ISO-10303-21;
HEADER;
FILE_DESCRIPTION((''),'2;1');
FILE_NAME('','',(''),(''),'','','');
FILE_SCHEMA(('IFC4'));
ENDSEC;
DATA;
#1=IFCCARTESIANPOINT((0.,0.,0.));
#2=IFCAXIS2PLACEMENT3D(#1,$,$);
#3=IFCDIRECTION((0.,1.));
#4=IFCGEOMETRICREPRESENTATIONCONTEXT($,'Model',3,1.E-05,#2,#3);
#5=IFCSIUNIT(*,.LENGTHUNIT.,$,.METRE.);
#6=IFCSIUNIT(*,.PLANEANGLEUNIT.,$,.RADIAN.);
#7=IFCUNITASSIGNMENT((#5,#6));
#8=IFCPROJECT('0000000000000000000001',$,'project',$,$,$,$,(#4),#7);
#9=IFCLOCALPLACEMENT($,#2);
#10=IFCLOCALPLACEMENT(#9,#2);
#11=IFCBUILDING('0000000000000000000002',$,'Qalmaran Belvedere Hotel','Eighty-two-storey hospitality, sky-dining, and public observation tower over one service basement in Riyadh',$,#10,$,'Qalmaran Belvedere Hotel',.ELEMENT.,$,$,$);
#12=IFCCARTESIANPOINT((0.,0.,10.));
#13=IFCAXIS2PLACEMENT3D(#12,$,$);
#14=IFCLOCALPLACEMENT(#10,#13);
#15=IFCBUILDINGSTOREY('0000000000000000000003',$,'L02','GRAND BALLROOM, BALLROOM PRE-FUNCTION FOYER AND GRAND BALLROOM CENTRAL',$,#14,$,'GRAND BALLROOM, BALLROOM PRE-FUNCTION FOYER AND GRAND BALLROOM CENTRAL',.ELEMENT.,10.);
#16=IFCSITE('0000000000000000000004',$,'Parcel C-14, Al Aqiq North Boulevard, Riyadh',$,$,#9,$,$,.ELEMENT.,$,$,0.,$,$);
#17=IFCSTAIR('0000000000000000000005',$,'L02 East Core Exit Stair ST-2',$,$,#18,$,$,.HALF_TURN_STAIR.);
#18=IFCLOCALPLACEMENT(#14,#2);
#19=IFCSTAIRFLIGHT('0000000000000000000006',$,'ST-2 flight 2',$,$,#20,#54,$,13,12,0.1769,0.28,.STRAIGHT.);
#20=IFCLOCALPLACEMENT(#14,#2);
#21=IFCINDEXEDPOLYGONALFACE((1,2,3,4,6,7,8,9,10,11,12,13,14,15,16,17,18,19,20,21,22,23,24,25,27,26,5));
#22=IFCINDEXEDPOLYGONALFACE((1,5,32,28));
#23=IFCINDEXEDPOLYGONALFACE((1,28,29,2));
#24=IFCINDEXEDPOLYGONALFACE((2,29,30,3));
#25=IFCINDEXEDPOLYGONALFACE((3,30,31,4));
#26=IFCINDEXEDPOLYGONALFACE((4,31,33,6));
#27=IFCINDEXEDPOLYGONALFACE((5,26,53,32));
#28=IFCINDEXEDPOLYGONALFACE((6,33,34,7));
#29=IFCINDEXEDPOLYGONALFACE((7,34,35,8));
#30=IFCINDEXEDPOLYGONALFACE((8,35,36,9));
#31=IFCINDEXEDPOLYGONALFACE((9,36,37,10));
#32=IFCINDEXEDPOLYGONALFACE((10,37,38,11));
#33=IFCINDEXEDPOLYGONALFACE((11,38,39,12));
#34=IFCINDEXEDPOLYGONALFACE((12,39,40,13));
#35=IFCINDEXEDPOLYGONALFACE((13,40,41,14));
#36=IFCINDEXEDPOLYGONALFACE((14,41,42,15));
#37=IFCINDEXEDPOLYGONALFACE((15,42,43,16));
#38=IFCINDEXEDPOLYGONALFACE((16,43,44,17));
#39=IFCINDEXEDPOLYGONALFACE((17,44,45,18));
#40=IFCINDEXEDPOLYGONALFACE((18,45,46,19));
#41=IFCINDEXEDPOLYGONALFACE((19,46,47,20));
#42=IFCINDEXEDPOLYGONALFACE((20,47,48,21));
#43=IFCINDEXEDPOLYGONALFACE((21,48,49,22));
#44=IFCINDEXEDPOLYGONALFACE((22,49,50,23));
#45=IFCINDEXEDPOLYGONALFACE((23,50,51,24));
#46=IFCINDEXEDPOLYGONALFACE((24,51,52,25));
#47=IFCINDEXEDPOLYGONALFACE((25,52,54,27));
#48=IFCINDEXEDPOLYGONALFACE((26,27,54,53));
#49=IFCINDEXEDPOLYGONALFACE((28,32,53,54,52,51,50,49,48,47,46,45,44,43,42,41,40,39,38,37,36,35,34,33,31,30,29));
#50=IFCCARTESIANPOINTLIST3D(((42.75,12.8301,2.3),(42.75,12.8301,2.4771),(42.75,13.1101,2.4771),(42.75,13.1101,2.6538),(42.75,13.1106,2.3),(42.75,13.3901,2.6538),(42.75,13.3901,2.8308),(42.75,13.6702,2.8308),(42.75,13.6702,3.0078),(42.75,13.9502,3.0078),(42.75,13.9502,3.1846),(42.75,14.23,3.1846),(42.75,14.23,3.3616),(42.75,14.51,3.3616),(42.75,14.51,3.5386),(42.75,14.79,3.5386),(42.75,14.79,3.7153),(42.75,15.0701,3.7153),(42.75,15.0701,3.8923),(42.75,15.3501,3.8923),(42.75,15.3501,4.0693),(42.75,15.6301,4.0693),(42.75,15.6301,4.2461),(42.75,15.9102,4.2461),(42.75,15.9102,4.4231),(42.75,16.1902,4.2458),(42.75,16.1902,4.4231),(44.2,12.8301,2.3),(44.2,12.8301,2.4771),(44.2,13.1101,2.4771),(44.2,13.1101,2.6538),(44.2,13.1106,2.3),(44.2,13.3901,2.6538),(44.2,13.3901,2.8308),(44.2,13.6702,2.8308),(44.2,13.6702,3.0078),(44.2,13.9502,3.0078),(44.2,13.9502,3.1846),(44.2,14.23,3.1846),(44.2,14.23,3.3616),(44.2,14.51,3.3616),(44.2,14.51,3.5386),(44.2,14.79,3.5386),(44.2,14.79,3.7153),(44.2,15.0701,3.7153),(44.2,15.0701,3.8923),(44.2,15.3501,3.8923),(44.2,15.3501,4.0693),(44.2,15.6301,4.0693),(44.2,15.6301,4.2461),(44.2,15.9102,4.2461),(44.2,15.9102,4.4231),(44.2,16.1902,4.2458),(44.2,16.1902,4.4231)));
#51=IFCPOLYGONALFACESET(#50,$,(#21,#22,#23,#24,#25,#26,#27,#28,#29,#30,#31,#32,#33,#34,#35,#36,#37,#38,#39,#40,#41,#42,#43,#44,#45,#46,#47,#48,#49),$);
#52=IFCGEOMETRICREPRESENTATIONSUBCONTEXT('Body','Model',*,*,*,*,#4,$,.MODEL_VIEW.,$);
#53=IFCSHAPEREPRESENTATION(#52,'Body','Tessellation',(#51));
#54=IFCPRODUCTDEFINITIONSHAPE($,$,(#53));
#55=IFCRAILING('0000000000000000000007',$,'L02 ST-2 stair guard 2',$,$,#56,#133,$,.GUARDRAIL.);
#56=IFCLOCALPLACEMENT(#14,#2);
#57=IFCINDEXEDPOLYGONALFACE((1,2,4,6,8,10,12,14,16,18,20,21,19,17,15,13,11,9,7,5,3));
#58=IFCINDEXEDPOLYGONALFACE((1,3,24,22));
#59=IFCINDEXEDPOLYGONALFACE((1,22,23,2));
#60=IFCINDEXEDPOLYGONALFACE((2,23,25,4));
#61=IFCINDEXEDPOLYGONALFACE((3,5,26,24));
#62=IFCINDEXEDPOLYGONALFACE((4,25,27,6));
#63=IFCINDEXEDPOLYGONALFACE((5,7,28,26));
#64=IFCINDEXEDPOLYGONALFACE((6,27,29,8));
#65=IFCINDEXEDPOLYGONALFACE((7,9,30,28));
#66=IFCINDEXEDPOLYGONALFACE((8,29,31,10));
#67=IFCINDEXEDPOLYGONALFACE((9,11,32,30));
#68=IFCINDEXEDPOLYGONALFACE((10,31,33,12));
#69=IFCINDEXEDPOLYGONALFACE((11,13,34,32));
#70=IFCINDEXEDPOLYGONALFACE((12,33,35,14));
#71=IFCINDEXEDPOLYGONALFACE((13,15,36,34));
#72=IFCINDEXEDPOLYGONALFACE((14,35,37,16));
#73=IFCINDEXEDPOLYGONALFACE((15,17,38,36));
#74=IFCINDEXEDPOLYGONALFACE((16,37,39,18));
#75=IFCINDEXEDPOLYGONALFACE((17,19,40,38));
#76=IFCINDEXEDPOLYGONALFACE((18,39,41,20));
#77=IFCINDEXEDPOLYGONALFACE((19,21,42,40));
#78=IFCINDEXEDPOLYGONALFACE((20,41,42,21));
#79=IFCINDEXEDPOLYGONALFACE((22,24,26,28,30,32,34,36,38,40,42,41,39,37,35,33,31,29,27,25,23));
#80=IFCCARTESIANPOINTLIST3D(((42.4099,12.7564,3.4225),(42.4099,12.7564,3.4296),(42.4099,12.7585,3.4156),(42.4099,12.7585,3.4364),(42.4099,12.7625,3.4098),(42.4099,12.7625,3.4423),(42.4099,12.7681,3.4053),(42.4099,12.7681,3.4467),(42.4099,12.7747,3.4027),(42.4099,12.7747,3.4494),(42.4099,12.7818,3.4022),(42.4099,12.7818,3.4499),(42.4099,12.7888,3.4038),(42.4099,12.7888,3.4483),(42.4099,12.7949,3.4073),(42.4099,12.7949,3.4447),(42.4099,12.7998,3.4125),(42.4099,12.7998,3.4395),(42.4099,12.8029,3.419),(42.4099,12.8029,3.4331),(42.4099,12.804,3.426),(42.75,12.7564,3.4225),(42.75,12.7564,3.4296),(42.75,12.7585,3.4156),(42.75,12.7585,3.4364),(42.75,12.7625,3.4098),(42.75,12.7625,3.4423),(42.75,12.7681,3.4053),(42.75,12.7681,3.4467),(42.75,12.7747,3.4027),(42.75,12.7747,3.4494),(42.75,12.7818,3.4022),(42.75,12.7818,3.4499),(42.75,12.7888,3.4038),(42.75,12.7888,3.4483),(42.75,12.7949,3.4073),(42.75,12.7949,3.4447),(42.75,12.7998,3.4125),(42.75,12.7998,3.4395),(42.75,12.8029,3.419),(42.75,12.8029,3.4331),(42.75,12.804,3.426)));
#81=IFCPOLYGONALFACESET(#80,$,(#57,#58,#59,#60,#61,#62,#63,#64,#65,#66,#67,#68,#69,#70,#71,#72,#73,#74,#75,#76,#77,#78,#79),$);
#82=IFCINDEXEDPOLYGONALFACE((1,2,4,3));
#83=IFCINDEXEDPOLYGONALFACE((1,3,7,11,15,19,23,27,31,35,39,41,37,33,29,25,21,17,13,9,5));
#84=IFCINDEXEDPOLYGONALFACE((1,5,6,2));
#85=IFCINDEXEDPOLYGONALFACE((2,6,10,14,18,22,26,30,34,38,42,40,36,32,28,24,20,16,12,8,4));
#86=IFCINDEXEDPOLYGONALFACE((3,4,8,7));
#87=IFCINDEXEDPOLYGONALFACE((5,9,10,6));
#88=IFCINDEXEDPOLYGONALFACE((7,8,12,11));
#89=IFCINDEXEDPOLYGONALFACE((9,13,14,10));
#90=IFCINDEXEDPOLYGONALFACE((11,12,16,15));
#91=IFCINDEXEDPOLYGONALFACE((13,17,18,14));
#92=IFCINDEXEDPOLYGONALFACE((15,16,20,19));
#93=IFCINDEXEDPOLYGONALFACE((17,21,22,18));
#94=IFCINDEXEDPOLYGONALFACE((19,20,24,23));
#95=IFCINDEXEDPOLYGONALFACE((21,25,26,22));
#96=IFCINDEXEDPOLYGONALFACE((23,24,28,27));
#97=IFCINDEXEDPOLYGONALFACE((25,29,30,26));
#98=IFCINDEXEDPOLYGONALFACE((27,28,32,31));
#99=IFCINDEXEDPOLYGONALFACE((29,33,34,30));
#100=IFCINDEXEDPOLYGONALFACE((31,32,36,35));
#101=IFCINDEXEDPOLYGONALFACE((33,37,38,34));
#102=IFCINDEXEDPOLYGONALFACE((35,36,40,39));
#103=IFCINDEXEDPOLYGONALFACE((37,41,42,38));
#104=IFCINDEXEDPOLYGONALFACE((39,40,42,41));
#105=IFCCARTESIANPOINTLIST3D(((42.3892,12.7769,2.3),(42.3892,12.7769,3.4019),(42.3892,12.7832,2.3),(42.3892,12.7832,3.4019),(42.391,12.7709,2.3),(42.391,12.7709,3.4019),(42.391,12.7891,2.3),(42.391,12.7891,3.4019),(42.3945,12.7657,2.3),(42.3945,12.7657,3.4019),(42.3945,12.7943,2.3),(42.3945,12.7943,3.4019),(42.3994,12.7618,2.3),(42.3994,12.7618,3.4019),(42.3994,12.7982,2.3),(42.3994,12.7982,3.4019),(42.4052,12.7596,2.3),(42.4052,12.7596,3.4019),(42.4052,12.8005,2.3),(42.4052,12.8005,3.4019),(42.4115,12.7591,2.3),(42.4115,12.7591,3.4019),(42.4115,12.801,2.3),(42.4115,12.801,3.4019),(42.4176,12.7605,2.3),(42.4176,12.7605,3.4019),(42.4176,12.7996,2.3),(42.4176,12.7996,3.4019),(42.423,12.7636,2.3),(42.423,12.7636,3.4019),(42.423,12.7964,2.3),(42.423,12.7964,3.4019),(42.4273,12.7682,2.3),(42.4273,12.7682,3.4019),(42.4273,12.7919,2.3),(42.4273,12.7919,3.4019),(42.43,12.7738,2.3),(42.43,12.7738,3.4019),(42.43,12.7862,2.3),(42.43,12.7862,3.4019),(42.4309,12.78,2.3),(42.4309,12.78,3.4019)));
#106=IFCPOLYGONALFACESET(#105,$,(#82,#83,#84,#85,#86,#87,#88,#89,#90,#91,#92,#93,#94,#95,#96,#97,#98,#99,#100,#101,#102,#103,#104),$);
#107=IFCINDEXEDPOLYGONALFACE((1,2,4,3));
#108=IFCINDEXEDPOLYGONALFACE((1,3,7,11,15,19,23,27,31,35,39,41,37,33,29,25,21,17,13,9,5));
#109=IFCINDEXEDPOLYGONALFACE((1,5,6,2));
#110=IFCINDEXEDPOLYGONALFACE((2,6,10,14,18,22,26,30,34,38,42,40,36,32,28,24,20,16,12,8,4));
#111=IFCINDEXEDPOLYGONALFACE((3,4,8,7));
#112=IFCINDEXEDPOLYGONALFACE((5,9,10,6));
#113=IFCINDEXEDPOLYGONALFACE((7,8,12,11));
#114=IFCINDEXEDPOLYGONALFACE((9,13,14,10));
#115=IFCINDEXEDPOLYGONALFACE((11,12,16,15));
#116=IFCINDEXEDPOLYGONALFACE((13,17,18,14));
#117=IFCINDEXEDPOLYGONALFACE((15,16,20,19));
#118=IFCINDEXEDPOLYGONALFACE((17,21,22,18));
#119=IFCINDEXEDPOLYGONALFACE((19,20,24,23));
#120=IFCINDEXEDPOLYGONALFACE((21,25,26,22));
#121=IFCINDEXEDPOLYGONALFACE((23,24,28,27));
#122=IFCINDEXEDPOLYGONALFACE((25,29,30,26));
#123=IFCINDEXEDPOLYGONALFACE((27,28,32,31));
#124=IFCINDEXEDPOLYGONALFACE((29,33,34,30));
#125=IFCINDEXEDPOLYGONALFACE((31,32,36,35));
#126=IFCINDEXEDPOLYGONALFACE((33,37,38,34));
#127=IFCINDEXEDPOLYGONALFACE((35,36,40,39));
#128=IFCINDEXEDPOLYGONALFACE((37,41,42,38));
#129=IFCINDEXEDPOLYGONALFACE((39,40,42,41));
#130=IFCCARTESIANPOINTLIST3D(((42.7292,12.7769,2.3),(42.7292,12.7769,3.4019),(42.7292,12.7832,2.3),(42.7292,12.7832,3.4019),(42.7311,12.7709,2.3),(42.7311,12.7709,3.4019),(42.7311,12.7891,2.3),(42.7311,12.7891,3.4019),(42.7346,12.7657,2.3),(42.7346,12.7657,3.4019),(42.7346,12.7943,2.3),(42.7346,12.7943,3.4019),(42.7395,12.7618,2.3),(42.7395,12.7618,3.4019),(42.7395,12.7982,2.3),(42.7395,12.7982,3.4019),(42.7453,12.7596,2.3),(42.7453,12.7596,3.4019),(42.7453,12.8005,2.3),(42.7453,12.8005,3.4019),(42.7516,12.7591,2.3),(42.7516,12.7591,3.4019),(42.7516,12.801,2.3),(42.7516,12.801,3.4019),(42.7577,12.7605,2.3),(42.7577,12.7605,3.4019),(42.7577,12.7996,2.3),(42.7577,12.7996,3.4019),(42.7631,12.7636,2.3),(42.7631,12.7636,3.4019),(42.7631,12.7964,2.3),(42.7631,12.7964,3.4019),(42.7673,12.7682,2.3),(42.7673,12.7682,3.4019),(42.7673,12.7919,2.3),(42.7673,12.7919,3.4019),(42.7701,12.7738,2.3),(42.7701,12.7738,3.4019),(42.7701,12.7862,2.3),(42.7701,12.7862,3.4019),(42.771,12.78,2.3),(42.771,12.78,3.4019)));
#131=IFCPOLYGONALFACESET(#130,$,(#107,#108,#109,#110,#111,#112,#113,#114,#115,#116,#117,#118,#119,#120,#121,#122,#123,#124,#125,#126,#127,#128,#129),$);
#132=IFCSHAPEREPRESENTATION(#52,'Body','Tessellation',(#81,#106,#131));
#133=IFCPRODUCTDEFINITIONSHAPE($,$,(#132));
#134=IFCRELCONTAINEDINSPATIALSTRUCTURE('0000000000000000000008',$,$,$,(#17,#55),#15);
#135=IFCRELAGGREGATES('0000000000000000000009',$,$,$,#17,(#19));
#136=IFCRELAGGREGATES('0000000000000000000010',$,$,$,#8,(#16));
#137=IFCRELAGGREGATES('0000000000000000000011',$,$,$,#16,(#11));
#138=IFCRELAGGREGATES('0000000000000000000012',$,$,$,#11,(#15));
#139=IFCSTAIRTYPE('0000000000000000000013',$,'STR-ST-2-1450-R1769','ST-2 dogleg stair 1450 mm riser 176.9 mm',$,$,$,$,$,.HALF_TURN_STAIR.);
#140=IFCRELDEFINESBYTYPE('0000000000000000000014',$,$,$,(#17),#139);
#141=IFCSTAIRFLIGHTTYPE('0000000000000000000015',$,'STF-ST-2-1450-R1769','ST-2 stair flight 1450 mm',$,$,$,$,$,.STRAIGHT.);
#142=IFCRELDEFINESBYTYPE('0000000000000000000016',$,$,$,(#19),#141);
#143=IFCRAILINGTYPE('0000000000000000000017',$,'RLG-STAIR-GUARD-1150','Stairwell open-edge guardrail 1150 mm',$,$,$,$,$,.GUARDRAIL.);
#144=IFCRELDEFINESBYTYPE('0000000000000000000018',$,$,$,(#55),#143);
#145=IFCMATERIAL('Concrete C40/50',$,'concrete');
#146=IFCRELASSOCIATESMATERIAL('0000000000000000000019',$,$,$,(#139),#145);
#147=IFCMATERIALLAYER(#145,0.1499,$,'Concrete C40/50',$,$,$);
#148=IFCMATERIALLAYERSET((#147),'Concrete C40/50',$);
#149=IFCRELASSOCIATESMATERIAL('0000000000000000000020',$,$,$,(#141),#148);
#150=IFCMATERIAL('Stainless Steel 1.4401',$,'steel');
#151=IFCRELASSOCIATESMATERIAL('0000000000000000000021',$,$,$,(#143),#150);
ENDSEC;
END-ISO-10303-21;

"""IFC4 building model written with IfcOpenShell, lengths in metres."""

from ifc_helpers import new_model, si_unit, direction, frame, origin, origin_2d, place, context, subcontext, project, spatial, polyline, circle, outline, extrude, material, layer, layer_set, type_object, element, aggregate, save


model = new_model("IFC4")

# Units and contexts
model_context = context("Model", 3, precision=1e-05, world=origin(), true_north=direction((0.0, 1.0)))
body_context = subcontext(model_context, "Body", "Model", "MODEL_VIEW")
ifc_project = project(units=[si_unit("LENGTHUNIT", "METRE"), si_unit("PLANEANGLEUNIT", "RADIAN")], contexts=[model_context])

# Site, building, storey
site_placement = place(None, origin())
site = spatial("IfcSite", under=ifc_project, at=site_placement, Name="Parcel C-14, Al Aqiq North Boulevard, Riyadh", CompositionType="ELEMENT", RefElevation=0.0)
building_placement = place(site_placement, origin())
building = spatial("IfcBuilding", under=site, at=building_placement, Name="Qalmaran Belvedere Hotel", Description="Eighty-two-storey hospitality, sky-dining, and public observation tower over one service basement in Riyadh", LongName="Qalmaran Belvedere Hotel", CompositionType="ELEMENT")
storey_placement = place(building_placement, frame((0.0, 0.0, 10.0)))
storey = spatial("IfcBuildingStorey", under=building, at=storey_placement, Name="L02", Description="GRAND BALLROOM, BALLROOM PRE-FUNCTION FOYER AND GRAND BALLROOM CENTRAL", LongName="GRAND BALLROOM, BALLROOM PRE-FUNCTION FOYER AND GRAND BALLROOM CENTRAL", CompositionType="ELEMENT", Elevation=10.0)

# Stair, stair flight
ifc_material_1 = material(Name="Concrete C40/50", Category="concrete")
stair_type = type_object("IfcStairType", Name="STR-ST-2-1450-R1769", Description="ST-2 dogleg stair 1450 mm riser 176.9 mm", PredefinedType="HALF_TURN_STAIR", material=ifc_material_1)
stair_placement = place(storey_placement, origin())
stair = element("IfcStair", 1, at=stair_placement, inside=storey, type_object=stair_type, Name="L02 East Core Exit Stair ST-2", PredefinedType="HALF_TURN_STAIR")
ifc_layer_1 = layer(ifc_material_1, 0.1499, Name="Concrete C40/50")
ifc_layer_set_1 = layer_set([ifc_layer_1], Name="Concrete C40/50")
stair_flight_type = type_object("IfcStairFlightType", Name="STF-ST-2-1450-R1769", Description="ST-2 stair flight 1450 mm", PredefinedType="STRAIGHT", material=ifc_layer_set_1)
stair_flight_placement = place(storey_placement, frame((43.4751, 12.8301, 2.3), z_axis=(0.0, 0.0, 1.0), x_axis=(0.0, 1.0, 0.0)))
stair_flight = element("IfcStairFlight", 2, at=stair_flight_placement, type_object=stair_flight_type, Name="ST-2 flight 2", NumberOfRisers=13, NumberOfTreads=12, PredefinedType="STRAIGHT", RiserHeight=0.1769, TreadLength=0.28, context=body_context, shape_type="SweptSolid", body=[
    extrude(outline(polyline([(0.0, 0.0), (0.0, 0.177), (0.28, 0.177), (0.28, 0.3538), (0.5601, 0.3538), (0.5601, 0.5308), (0.8401, 0.5308), (0.8401, 0.7078), (1.1201, 0.7078), (1.1201, 0.8845), (1.3999, 0.8845), (1.3999, 1.0615), (1.6799, 1.0615), (1.6799, 1.2385), (1.96, 1.2385), (1.96, 1.4153), (2.24, 1.4153), (2.24, 1.5923), (2.52, 1.5923), (2.52, 1.7693), (2.8, 1.7693), (2.8, 1.946), (3.0801, 1.946), (3.0801, 2.123), (3.3601, 2.123), (3.3601, 2.3), (3.3601, 1.9458), (0.2805, 0.0), (0.0, 0.0)])), frame((0.0, 0.7251, 0.0), z_axis=(0.0, -1.0, 0.0), x_axis=(1.0, 0.0, 0.0)), (0.0, 0.0, 1.0), 1.45),
])
aggregate(stair, [stair_flight])

# Railing
ifc_material_2 = material(Name="Stainless Steel 1.4401", Category="steel")
railing_type_1 = type_object("IfcRailingType", Name="RLG-STAIR-GUARD-1150", Description="Stairwell open-edge guardrail 1150 mm", PredefinedType="GUARDRAIL", material=ifc_material_2)
railing_1_placement = place(storey_placement, frame((42.4099, 12.78, 2.3)))
element("IfcRailing", 3, at=railing_1_placement, inside=storey, type_object=railing_type_1, Name="L02 ST-2 stair guard 2", PredefinedType="GUARDRAIL", context=body_context, shape_type="SweptSolid", body=[
    extrude(circle(Radius=0.0239, at=origin_2d()), frame((0.0, 0.0, 1.126), z_axis=(1.0, 0.0, 0.0), x_axis=(0.0, 1.0, 0.0)), (0.0, 0.0, 1.0), 0.3401),
    extrude(circle(Radius=0.021, at=origin_2d()), origin(), (0.0, 0.0, 1.0), 1.1018),
    extrude(circle(Radius=0.021, at=origin_2d()), frame((0.3401, 0.0, 0.0)), (0.0, 0.0, 1.0), 1.1018),
])

save(model, "model.ifc")
